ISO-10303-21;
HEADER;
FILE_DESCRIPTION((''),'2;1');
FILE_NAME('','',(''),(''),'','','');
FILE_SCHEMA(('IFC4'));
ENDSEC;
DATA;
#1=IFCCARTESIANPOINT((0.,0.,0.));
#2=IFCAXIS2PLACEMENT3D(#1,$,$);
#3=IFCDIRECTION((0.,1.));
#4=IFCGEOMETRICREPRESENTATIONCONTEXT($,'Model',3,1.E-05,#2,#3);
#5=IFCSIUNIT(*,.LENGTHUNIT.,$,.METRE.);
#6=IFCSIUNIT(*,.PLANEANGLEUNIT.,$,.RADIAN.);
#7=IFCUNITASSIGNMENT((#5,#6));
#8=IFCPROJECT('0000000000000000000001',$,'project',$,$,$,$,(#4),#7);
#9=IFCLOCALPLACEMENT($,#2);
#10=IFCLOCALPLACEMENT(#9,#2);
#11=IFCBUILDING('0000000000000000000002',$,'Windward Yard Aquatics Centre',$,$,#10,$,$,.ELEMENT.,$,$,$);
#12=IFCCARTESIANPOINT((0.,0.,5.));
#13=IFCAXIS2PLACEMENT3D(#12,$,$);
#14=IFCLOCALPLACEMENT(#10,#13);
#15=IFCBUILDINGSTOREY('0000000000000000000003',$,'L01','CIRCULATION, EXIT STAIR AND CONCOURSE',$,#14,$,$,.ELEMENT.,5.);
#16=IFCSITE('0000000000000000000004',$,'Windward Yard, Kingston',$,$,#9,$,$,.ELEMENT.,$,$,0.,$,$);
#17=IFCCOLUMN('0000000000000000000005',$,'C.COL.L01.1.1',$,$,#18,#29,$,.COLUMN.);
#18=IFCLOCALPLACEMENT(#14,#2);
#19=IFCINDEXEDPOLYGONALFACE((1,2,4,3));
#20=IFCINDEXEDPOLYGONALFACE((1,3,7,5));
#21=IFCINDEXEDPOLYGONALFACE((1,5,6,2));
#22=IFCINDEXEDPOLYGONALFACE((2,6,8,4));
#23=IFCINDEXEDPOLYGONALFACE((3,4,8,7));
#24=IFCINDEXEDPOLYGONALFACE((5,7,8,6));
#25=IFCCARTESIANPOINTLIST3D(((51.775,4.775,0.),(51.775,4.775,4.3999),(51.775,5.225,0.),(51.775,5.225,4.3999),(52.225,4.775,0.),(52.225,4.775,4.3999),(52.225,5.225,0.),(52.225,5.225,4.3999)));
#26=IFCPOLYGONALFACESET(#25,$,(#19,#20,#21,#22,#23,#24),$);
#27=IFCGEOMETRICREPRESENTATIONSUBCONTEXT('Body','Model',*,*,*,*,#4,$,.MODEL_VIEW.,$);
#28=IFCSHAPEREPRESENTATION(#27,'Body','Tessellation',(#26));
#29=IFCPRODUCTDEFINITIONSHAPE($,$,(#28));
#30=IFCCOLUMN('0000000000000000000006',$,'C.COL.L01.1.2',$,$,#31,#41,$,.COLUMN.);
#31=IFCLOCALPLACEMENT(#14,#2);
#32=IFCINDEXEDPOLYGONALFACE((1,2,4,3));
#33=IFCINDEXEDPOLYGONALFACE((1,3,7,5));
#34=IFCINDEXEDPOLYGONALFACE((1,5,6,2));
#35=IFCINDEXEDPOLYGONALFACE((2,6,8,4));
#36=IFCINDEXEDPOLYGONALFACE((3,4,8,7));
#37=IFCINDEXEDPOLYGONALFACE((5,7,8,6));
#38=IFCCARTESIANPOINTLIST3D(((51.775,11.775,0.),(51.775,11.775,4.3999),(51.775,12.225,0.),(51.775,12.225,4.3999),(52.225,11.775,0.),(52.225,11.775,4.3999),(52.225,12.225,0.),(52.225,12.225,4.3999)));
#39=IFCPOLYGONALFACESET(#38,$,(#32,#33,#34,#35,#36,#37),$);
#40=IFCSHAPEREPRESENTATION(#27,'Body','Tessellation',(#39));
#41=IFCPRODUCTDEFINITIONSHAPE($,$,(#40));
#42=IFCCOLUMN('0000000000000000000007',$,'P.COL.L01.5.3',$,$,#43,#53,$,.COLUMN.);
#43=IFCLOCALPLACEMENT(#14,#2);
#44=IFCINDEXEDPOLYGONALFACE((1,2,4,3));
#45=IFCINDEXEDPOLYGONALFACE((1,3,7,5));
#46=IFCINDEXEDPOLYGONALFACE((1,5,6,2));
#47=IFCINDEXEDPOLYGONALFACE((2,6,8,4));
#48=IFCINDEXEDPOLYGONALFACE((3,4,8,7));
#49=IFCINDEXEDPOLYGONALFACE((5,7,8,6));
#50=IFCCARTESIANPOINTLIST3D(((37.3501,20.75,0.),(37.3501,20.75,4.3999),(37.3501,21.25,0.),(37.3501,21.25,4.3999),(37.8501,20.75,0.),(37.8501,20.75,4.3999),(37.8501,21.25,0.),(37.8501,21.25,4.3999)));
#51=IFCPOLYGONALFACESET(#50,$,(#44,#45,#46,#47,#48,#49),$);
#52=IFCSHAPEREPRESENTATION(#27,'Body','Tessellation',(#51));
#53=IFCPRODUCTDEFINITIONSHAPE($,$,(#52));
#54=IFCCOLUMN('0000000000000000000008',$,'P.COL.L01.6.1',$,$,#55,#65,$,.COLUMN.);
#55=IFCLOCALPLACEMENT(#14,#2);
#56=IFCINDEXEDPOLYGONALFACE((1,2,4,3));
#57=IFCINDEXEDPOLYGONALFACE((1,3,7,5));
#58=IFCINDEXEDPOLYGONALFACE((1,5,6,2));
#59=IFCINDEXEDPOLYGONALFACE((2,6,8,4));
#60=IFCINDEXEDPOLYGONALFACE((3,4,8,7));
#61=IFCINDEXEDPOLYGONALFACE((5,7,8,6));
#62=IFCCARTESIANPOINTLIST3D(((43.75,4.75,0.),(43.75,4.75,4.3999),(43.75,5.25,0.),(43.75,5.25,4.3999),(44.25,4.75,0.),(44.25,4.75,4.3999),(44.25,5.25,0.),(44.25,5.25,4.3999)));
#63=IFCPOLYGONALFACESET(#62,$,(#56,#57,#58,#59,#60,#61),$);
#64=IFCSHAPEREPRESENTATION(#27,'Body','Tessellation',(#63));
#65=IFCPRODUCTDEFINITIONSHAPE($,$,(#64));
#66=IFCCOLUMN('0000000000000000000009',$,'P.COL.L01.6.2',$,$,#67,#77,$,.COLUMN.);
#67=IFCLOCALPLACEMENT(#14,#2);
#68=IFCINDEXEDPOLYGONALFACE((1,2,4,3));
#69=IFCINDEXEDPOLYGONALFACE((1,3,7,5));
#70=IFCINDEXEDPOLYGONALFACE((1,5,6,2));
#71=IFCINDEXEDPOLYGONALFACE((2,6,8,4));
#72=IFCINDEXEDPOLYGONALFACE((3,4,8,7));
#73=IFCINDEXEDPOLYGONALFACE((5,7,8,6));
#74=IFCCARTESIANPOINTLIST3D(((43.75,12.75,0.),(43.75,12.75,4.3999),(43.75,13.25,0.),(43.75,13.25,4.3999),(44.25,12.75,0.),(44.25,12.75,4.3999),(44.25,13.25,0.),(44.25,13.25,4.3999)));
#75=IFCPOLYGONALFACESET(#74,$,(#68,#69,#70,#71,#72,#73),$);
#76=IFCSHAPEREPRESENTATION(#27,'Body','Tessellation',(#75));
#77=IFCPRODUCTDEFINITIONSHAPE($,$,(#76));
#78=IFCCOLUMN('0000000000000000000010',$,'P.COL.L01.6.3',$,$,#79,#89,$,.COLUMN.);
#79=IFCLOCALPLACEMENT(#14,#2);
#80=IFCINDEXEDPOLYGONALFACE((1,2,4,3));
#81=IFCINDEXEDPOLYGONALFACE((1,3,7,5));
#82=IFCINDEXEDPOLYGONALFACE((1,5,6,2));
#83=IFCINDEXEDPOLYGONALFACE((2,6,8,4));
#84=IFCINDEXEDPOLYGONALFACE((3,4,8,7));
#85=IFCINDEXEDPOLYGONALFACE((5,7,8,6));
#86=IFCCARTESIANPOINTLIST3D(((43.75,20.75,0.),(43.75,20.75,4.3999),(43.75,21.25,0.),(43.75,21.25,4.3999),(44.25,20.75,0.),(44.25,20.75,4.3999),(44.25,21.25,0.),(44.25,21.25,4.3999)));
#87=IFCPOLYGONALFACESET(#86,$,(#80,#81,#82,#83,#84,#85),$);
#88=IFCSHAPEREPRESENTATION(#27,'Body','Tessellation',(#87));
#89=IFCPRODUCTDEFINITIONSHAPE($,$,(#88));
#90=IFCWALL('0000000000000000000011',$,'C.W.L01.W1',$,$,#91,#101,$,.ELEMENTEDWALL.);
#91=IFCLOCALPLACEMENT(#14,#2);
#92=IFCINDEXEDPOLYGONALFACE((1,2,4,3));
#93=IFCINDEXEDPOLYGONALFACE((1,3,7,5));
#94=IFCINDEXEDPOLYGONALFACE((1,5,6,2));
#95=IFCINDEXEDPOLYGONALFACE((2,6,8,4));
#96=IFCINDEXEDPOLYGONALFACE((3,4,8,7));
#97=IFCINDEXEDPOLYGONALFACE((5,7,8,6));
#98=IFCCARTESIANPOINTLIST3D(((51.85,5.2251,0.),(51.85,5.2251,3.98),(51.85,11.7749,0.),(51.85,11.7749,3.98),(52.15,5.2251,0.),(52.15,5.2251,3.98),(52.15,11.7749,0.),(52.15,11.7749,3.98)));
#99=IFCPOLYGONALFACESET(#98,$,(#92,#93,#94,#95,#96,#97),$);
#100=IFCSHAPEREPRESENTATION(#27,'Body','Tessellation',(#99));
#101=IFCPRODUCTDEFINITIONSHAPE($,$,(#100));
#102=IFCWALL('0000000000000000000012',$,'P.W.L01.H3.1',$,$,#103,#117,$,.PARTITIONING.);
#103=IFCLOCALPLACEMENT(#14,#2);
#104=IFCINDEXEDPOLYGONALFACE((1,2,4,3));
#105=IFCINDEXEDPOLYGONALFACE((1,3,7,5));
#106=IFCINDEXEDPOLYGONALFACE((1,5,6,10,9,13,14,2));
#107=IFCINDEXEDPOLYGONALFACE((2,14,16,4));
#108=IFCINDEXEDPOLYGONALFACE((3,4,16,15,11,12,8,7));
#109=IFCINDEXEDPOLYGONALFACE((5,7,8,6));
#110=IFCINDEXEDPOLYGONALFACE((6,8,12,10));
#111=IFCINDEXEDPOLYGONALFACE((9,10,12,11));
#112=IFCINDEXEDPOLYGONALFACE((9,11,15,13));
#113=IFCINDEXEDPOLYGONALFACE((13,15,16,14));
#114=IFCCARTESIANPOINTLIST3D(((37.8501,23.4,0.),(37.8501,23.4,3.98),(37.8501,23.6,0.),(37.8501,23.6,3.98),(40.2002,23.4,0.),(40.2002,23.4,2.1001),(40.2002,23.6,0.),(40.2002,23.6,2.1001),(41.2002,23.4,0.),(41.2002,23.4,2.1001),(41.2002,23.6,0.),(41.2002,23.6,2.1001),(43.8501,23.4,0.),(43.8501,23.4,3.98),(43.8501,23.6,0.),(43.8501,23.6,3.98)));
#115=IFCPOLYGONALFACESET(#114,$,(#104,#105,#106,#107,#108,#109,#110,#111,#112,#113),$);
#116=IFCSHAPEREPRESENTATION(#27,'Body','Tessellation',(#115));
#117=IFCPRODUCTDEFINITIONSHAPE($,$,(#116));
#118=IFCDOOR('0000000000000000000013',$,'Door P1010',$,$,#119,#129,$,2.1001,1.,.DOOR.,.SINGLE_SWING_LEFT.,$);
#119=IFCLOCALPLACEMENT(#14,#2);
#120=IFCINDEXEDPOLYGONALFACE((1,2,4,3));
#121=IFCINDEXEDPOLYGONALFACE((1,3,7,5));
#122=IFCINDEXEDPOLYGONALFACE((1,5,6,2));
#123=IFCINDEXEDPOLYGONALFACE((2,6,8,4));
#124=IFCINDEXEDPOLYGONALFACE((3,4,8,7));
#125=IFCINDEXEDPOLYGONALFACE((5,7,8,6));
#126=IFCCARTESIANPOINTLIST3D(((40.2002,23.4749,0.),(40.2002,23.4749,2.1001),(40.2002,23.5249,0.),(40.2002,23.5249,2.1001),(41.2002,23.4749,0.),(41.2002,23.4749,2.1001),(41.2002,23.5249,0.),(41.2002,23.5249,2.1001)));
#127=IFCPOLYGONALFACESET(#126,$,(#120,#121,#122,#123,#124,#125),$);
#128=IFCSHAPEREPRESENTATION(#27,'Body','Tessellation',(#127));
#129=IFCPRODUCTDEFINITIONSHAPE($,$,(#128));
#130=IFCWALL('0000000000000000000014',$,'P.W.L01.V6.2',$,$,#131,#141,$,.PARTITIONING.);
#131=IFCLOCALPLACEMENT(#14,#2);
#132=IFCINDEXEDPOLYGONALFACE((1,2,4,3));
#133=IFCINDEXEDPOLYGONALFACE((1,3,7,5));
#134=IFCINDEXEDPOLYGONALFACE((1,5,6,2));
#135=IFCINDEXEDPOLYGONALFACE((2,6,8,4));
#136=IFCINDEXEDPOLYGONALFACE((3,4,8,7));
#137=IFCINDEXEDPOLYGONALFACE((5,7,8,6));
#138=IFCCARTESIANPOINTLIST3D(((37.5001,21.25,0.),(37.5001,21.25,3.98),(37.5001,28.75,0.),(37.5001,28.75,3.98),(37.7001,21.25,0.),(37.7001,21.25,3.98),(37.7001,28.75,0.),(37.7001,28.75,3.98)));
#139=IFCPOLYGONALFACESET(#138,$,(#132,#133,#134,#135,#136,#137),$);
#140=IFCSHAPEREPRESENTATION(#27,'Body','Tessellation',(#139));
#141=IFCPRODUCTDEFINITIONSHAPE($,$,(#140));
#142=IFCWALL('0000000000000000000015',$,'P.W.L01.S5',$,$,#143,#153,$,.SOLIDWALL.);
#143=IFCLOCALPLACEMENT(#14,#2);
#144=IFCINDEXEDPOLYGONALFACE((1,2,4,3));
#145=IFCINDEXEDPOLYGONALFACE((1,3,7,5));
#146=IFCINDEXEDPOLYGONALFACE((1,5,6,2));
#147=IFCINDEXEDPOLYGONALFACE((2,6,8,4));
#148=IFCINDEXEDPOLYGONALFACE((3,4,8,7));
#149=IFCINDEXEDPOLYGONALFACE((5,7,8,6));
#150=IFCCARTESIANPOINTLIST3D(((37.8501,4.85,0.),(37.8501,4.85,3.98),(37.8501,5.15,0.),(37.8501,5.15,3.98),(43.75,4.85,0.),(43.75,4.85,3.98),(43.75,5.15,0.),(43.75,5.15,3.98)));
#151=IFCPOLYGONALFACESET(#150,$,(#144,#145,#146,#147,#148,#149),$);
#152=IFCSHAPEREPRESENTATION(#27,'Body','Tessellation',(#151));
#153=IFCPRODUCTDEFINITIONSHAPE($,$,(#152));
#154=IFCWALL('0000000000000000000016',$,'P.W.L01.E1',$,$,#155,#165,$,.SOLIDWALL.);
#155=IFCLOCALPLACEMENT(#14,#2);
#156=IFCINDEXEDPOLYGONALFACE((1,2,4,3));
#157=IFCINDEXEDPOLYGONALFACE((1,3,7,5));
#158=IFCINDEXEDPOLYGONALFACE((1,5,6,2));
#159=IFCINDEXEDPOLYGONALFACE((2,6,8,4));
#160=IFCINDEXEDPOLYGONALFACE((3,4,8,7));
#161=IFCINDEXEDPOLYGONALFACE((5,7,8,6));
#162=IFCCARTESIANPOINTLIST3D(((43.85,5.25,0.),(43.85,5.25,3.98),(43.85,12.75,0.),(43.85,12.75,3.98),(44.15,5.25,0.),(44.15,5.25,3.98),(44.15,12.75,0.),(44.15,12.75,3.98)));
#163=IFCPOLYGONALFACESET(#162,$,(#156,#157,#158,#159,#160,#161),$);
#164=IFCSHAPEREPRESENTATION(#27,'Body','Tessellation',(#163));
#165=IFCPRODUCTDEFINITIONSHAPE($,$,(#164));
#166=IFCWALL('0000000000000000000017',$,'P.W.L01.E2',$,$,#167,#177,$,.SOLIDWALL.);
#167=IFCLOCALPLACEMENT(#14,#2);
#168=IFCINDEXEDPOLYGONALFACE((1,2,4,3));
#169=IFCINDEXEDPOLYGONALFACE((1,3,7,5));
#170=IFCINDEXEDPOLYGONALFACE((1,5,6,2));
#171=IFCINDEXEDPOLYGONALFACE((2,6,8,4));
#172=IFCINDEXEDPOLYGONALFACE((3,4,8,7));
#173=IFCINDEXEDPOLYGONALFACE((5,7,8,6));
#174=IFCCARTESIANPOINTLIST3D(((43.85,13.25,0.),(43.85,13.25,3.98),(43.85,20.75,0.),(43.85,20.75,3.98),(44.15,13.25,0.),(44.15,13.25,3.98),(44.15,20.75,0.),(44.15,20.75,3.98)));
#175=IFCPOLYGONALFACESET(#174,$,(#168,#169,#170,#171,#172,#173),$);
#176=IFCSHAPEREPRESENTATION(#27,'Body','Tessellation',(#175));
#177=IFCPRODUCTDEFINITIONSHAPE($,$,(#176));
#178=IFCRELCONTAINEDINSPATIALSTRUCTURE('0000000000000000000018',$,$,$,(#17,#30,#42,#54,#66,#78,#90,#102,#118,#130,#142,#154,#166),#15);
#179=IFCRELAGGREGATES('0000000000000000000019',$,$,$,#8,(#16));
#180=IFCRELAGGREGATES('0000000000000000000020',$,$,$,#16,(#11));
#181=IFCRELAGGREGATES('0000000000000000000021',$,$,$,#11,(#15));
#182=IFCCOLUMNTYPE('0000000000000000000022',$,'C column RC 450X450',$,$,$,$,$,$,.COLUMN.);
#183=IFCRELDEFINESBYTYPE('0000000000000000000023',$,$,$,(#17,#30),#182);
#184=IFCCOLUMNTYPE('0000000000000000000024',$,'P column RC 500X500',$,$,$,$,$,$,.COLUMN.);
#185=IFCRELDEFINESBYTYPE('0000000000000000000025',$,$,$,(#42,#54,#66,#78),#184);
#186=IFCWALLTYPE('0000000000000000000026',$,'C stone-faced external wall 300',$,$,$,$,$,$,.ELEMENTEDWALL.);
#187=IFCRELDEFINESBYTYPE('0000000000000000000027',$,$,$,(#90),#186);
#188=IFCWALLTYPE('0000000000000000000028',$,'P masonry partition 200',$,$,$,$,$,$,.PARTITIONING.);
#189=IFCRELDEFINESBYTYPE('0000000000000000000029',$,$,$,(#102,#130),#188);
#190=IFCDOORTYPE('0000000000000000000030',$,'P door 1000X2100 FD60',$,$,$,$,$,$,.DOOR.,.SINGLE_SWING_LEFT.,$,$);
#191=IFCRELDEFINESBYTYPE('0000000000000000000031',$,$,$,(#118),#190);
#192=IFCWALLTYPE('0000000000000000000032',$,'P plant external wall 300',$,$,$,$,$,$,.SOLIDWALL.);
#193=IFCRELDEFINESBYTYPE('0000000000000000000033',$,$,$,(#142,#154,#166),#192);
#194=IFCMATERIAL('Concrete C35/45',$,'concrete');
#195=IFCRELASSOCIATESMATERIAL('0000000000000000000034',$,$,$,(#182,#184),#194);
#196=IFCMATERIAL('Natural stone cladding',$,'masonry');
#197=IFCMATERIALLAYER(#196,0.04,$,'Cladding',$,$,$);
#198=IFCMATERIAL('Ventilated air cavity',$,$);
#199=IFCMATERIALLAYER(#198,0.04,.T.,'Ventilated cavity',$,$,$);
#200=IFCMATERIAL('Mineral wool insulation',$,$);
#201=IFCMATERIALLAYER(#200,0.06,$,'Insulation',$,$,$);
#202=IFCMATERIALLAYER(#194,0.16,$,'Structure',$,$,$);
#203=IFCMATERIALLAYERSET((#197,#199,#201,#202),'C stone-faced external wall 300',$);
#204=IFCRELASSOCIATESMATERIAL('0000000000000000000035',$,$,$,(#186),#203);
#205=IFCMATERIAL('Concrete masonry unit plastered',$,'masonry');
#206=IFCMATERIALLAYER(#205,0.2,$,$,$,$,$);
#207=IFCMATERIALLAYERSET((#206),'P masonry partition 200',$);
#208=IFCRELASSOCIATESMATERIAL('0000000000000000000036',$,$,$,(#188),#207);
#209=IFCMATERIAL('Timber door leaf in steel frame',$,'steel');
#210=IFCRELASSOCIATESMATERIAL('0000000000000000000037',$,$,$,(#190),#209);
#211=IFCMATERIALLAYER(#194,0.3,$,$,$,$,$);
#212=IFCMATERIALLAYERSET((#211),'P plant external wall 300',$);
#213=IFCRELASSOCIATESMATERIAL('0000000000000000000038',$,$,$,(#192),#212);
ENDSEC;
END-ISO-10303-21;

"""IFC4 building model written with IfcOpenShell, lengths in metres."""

from ifc_helpers import new_model, si_unit, direction, frame, frame_2d, origin, origin_2d, place, context, subcontext, project, spatial, rectangle, extrude, material, layer, layer_set, material_profile, profile_set, type_object, element, fill, save


model = new_model("IFC4")

# Units and contexts
model_context = context("Model", 3, precision=1e-05, world=origin(), true_north=direction((0.0, 1.0)))
body_context = subcontext(model_context, "Body", "Model", "MODEL_VIEW")
ifc_project = project(units=[si_unit("LENGTHUNIT", "METRE"), si_unit("PLANEANGLEUNIT", "RADIAN")], contexts=[model_context])

# Site, building, storey
site_placement = place(None, origin())
site = spatial("IfcSite", under=ifc_project, at=site_placement, Name="Windward Yard, Kingston", CompositionType="ELEMENT", RefElevation=0.0)
building_placement = place(site_placement, origin())
building = spatial("IfcBuilding", under=site, at=building_placement, Name="Windward Yard Aquatics Centre", CompositionType="ELEMENT")
storey_placement = place(building_placement, frame((0.0, 0.0, 5.0)))
storey = spatial("IfcBuildingStorey", under=building, at=storey_placement, Name="L01", Description="CIRCULATION, EXIT STAIR AND CONCOURSE", CompositionType="ELEMENT", Elevation=5.0)

# Columns
ifc_material_1 = material(Name="Concrete C35/45", Category="concrete")
ifc_material_profile_1 = material_profile(ifc_material_1, rectangle(XDim=0.45, YDim=0.45, at=origin_2d()), Name="RC 450X450")
ifc_profile_set_1 = profile_set([ifc_material_profile_1], Name="Concrete C35/45")
column_type_1 = type_object("IfcColumnType", Name="C column RC 450X450", PredefinedType="COLUMN", material=ifc_profile_set_1)
for number, where, z_axis, x_axis, name in (
    (1, (52.0, 5.0, 0.0), (0.0, 0.0, 1.0), (1.0, 0.0, 0.0), "C.COL.L01.1.1"),
    (2, (52.0, 12.0, 0.0), (0.0, 0.0, 1.0), (1.0, 0.0, 0.0), "C.COL.L01.1.2"),
):
    element("IfcColumn", number, at=place(storey_placement, frame(where, z_axis=z_axis, x_axis=x_axis)), inside=storey, type_object=column_type_1, Name=name, PredefinedType="COLUMN", context=body_context, shape_type="SweptSolid", body=[
        extrude(rectangle(XDim=0.45, YDim=0.45, at=origin_2d()), origin(), (0.0, 0.0, 1.0), 4.3999),
    ])
ifc_material_profile_2 = material_profile(ifc_material_1, rectangle(XDim=0.5, YDim=0.5, at=origin_2d()), Name="RC 500X500")
ifc_profile_set_2 = profile_set([ifc_material_profile_2], Name="Concrete C35/45")
column_type_2 = type_object("IfcColumnType", Name="P column RC 500X500", PredefinedType="COLUMN", material=ifc_profile_set_2)
for number, where, z_axis, x_axis, name in (
    (3, (37.6001, 21.0, 0.0), (0.0, 0.0, 1.0), (1.0, 0.0, 0.0), "P.COL.L01.5.3"),
    (4, (44.0, 5.0, 0.0), (0.0, 0.0, 1.0), (1.0, 0.0, 0.0), "P.COL.L01.6.1"),
    (5, (44.0, 13.0, 0.0), (0.0, 0.0, 1.0), (1.0, 0.0, 0.0), "P.COL.L01.6.2"),
    (6, (44.0, 21.0, 0.0), (0.0, 0.0, 1.0), (1.0, 0.0, 0.0), "P.COL.L01.6.3"),
):
    element("IfcColumn", number, at=place(storey_placement, frame(where, z_axis=z_axis, x_axis=x_axis)), inside=storey, type_object=column_type_2, Name=name, PredefinedType="COLUMN", context=body_context, shape_type="SweptSolid", body=[
        extrude(rectangle(XDim=0.5, YDim=0.5, at=origin_2d()), origin(), (0.0, 0.0, 1.0), 4.3999),
    ])

# Wall
ifc_material_2 = material(Name="Natural stone cladding", Category="masonry")
ifc_layer_1 = layer(ifc_material_2, 0.04, Name="Cladding")
ifc_material_3 = material(Name="Ventilated air cavity")
ifc_layer_2 = layer(ifc_material_3, 0.04, ventilated=True, Name="Ventilated cavity")
ifc_material_4 = material(Name="Mineral wool insulation")
ifc_layer_3 = layer(ifc_material_4, 0.06, Name="Insulation")
ifc_layer_4 = layer(ifc_material_1, 0.16, Name="Structure")
ifc_layer_set_1 = layer_set([ifc_layer_1, ifc_layer_2, ifc_layer_3, ifc_layer_4], Name="C stone-faced external wall 300")
wall_type_1 = type_object("IfcWallType", Name="C stone-faced external wall 300", PredefinedType="ELEMENTEDWALL", material=ifc_layer_set_1)
wall_1_placement = place(storey_placement, frame((52.0, 5.2251, 0.0), z_axis=(0.0, 0.0, 1.0), x_axis=(0.0, 1.0, 0.0)))
element("IfcWall", 7, at=wall_1_placement, inside=storey, type_object=wall_type_1, Name="C.W.L01.W1", PredefinedType="ELEMENTEDWALL", context=body_context, shape_type="SweptSolid", body=[
    extrude(rectangle(XDim=6.5498, YDim=0.3, at=frame_2d((3.2749, 0.0))), origin(), (0.0, 0.0, 1.0), 3.98),
])

# Wall, opening, door
ifc_material_5 = material(Name="Concrete masonry unit plastered", Category="masonry")
ifc_layer_5 = layer(ifc_material_5, 0.2)
ifc_layer_set_2 = layer_set([ifc_layer_5], Name="P masonry partition 200")
wall_type_2 = type_object("IfcWallType", Name="P masonry partition 200", PredefinedType="PARTITIONING", material=ifc_layer_set_2)
wall_2_placement = place(storey_placement, frame((37.8501, 23.5, 0.0), z_axis=(0.0, 0.0, 1.0), x_axis=(1.0, 0.0, 0.0)))
wall_2 = element("IfcWall", 8, at=wall_2_placement, inside=storey, type_object=wall_type_2, Name="P.W.L01.H3.1", PredefinedType="PARTITIONING", context=body_context, shape_type="SweptSolid", body=[
    extrude(rectangle(XDim=6.0, YDim=0.2, at=frame_2d((3.0, 0.0))), origin(), (0.0, 0.0, 1.0), 3.98),
])
opening_1_placement = place(wall_2_placement, frame((2.3501, 0.0, 0.0)))
opening_1 = element("IfcOpeningElement", 9, at=opening_1_placement, cuts=wall_2, PredefinedType="OPENING", context=body_context, shape_type="SweptSolid", body=[
    extrude(rectangle(XDim=1.0, YDim=2.1001, at=frame_2d((0.5, 1.05))), frame((0.0, 0.1099, 0.0), z_axis=(0.0, -1.0, 0.0), x_axis=(1.0, 0.0, 0.0)), (0.0, 0.0, 1.0), 0.22),
])
ifc_material_6 = material(Name="Timber door leaf in steel frame", Category="steel")
door_type_1 = type_object("IfcDoorType", Name="P door 1000X2100 FD60", OperationType="SINGLE_SWING_LEFT", PredefinedType="DOOR", material=ifc_material_6)
door_1_placement = place(opening_1_placement, origin())
door_1 = element("IfcDoor", 10, at=door_1_placement, inside=storey, type_object=door_type_1, Name="Door P1010", OperationType="SINGLE_SWING_LEFT", OverallHeight=2.1001, OverallWidth=1.0, PredefinedType="DOOR", context=body_context, shape_type="SweptSolid", body=[
    extrude(rectangle(XDim=1.0, YDim=2.1001, at=frame_2d((0.5, 1.05))), frame((0.0, 0.0249, 0.0), z_axis=(0.0, -1.0, 0.0), x_axis=(1.0, 0.0, 0.0)), (0.0, 0.0, 1.0), 0.05),
])
fill(opening_1, door_1)

# Walls
wall_3_placement = place(storey_placement, frame((37.6001, 21.25, 0.0), z_axis=(0.0, 0.0, 1.0), x_axis=(0.0, 1.0, 0.0)))
element("IfcWall", 11, at=wall_3_placement, inside=storey, type_object=wall_type_2, Name="P.W.L01.V6.2", PredefinedType="PARTITIONING", context=body_context, shape_type="SweptSolid", body=[
    extrude(rectangle(XDim=7.5, YDim=0.2, at=frame_2d((3.75, 0.0))), origin(), (0.0, 0.0, 1.0), 3.98),
])
ifc_layer_6 = layer(ifc_material_1, 0.3)
ifc_layer_set_3 = layer_set([ifc_layer_6], Name="P plant external wall 300")
wall_type_3 = type_object("IfcWallType", Name="P plant external wall 300", PredefinedType="SOLIDWALL", material=ifc_layer_set_3)
wall_4_placement = place(storey_placement, frame((37.8501, 5.0, 0.0), z_axis=(0.0, 0.0, 1.0), x_axis=(1.0, 0.0, 0.0)))
element("IfcWall", 12, at=wall_4_placement, inside=storey, type_object=wall_type_3, Name="P.W.L01.S5", PredefinedType="SOLIDWALL", context=body_context, shape_type="SweptSolid", body=[
    extrude(rectangle(XDim=5.8999, YDim=0.3, at=frame_2d((2.95, 0.0))), origin(), (0.0, 0.0, 1.0), 3.98),
])
for number, where, z_axis, x_axis, name in (
    (13, (44.0, 5.25, 0.0), (0.0, 0.0, 1.0), (0.0, 1.0, 0.0), "P.W.L01.E1"),
    (14, (44.0, 13.25, 0.0), (0.0, 0.0, 1.0), (0.0, 1.0, 0.0), "P.W.L01.E2"),
):
    element("IfcWall", number, at=place(storey_placement, frame(where, z_axis=z_axis, x_axis=x_axis)), inside=storey, type_object=wall_type_3, Name=name, PredefinedType="SOLIDWALL", context=body_context, shape_type="SweptSolid", body=[
        extrude(rectangle(XDim=7.5, YDim=0.3, at=frame_2d((3.75, 0.0))), origin(), (0.0, 0.0, 1.0), 3.98),
    ])

save(model, "model.ifc")
